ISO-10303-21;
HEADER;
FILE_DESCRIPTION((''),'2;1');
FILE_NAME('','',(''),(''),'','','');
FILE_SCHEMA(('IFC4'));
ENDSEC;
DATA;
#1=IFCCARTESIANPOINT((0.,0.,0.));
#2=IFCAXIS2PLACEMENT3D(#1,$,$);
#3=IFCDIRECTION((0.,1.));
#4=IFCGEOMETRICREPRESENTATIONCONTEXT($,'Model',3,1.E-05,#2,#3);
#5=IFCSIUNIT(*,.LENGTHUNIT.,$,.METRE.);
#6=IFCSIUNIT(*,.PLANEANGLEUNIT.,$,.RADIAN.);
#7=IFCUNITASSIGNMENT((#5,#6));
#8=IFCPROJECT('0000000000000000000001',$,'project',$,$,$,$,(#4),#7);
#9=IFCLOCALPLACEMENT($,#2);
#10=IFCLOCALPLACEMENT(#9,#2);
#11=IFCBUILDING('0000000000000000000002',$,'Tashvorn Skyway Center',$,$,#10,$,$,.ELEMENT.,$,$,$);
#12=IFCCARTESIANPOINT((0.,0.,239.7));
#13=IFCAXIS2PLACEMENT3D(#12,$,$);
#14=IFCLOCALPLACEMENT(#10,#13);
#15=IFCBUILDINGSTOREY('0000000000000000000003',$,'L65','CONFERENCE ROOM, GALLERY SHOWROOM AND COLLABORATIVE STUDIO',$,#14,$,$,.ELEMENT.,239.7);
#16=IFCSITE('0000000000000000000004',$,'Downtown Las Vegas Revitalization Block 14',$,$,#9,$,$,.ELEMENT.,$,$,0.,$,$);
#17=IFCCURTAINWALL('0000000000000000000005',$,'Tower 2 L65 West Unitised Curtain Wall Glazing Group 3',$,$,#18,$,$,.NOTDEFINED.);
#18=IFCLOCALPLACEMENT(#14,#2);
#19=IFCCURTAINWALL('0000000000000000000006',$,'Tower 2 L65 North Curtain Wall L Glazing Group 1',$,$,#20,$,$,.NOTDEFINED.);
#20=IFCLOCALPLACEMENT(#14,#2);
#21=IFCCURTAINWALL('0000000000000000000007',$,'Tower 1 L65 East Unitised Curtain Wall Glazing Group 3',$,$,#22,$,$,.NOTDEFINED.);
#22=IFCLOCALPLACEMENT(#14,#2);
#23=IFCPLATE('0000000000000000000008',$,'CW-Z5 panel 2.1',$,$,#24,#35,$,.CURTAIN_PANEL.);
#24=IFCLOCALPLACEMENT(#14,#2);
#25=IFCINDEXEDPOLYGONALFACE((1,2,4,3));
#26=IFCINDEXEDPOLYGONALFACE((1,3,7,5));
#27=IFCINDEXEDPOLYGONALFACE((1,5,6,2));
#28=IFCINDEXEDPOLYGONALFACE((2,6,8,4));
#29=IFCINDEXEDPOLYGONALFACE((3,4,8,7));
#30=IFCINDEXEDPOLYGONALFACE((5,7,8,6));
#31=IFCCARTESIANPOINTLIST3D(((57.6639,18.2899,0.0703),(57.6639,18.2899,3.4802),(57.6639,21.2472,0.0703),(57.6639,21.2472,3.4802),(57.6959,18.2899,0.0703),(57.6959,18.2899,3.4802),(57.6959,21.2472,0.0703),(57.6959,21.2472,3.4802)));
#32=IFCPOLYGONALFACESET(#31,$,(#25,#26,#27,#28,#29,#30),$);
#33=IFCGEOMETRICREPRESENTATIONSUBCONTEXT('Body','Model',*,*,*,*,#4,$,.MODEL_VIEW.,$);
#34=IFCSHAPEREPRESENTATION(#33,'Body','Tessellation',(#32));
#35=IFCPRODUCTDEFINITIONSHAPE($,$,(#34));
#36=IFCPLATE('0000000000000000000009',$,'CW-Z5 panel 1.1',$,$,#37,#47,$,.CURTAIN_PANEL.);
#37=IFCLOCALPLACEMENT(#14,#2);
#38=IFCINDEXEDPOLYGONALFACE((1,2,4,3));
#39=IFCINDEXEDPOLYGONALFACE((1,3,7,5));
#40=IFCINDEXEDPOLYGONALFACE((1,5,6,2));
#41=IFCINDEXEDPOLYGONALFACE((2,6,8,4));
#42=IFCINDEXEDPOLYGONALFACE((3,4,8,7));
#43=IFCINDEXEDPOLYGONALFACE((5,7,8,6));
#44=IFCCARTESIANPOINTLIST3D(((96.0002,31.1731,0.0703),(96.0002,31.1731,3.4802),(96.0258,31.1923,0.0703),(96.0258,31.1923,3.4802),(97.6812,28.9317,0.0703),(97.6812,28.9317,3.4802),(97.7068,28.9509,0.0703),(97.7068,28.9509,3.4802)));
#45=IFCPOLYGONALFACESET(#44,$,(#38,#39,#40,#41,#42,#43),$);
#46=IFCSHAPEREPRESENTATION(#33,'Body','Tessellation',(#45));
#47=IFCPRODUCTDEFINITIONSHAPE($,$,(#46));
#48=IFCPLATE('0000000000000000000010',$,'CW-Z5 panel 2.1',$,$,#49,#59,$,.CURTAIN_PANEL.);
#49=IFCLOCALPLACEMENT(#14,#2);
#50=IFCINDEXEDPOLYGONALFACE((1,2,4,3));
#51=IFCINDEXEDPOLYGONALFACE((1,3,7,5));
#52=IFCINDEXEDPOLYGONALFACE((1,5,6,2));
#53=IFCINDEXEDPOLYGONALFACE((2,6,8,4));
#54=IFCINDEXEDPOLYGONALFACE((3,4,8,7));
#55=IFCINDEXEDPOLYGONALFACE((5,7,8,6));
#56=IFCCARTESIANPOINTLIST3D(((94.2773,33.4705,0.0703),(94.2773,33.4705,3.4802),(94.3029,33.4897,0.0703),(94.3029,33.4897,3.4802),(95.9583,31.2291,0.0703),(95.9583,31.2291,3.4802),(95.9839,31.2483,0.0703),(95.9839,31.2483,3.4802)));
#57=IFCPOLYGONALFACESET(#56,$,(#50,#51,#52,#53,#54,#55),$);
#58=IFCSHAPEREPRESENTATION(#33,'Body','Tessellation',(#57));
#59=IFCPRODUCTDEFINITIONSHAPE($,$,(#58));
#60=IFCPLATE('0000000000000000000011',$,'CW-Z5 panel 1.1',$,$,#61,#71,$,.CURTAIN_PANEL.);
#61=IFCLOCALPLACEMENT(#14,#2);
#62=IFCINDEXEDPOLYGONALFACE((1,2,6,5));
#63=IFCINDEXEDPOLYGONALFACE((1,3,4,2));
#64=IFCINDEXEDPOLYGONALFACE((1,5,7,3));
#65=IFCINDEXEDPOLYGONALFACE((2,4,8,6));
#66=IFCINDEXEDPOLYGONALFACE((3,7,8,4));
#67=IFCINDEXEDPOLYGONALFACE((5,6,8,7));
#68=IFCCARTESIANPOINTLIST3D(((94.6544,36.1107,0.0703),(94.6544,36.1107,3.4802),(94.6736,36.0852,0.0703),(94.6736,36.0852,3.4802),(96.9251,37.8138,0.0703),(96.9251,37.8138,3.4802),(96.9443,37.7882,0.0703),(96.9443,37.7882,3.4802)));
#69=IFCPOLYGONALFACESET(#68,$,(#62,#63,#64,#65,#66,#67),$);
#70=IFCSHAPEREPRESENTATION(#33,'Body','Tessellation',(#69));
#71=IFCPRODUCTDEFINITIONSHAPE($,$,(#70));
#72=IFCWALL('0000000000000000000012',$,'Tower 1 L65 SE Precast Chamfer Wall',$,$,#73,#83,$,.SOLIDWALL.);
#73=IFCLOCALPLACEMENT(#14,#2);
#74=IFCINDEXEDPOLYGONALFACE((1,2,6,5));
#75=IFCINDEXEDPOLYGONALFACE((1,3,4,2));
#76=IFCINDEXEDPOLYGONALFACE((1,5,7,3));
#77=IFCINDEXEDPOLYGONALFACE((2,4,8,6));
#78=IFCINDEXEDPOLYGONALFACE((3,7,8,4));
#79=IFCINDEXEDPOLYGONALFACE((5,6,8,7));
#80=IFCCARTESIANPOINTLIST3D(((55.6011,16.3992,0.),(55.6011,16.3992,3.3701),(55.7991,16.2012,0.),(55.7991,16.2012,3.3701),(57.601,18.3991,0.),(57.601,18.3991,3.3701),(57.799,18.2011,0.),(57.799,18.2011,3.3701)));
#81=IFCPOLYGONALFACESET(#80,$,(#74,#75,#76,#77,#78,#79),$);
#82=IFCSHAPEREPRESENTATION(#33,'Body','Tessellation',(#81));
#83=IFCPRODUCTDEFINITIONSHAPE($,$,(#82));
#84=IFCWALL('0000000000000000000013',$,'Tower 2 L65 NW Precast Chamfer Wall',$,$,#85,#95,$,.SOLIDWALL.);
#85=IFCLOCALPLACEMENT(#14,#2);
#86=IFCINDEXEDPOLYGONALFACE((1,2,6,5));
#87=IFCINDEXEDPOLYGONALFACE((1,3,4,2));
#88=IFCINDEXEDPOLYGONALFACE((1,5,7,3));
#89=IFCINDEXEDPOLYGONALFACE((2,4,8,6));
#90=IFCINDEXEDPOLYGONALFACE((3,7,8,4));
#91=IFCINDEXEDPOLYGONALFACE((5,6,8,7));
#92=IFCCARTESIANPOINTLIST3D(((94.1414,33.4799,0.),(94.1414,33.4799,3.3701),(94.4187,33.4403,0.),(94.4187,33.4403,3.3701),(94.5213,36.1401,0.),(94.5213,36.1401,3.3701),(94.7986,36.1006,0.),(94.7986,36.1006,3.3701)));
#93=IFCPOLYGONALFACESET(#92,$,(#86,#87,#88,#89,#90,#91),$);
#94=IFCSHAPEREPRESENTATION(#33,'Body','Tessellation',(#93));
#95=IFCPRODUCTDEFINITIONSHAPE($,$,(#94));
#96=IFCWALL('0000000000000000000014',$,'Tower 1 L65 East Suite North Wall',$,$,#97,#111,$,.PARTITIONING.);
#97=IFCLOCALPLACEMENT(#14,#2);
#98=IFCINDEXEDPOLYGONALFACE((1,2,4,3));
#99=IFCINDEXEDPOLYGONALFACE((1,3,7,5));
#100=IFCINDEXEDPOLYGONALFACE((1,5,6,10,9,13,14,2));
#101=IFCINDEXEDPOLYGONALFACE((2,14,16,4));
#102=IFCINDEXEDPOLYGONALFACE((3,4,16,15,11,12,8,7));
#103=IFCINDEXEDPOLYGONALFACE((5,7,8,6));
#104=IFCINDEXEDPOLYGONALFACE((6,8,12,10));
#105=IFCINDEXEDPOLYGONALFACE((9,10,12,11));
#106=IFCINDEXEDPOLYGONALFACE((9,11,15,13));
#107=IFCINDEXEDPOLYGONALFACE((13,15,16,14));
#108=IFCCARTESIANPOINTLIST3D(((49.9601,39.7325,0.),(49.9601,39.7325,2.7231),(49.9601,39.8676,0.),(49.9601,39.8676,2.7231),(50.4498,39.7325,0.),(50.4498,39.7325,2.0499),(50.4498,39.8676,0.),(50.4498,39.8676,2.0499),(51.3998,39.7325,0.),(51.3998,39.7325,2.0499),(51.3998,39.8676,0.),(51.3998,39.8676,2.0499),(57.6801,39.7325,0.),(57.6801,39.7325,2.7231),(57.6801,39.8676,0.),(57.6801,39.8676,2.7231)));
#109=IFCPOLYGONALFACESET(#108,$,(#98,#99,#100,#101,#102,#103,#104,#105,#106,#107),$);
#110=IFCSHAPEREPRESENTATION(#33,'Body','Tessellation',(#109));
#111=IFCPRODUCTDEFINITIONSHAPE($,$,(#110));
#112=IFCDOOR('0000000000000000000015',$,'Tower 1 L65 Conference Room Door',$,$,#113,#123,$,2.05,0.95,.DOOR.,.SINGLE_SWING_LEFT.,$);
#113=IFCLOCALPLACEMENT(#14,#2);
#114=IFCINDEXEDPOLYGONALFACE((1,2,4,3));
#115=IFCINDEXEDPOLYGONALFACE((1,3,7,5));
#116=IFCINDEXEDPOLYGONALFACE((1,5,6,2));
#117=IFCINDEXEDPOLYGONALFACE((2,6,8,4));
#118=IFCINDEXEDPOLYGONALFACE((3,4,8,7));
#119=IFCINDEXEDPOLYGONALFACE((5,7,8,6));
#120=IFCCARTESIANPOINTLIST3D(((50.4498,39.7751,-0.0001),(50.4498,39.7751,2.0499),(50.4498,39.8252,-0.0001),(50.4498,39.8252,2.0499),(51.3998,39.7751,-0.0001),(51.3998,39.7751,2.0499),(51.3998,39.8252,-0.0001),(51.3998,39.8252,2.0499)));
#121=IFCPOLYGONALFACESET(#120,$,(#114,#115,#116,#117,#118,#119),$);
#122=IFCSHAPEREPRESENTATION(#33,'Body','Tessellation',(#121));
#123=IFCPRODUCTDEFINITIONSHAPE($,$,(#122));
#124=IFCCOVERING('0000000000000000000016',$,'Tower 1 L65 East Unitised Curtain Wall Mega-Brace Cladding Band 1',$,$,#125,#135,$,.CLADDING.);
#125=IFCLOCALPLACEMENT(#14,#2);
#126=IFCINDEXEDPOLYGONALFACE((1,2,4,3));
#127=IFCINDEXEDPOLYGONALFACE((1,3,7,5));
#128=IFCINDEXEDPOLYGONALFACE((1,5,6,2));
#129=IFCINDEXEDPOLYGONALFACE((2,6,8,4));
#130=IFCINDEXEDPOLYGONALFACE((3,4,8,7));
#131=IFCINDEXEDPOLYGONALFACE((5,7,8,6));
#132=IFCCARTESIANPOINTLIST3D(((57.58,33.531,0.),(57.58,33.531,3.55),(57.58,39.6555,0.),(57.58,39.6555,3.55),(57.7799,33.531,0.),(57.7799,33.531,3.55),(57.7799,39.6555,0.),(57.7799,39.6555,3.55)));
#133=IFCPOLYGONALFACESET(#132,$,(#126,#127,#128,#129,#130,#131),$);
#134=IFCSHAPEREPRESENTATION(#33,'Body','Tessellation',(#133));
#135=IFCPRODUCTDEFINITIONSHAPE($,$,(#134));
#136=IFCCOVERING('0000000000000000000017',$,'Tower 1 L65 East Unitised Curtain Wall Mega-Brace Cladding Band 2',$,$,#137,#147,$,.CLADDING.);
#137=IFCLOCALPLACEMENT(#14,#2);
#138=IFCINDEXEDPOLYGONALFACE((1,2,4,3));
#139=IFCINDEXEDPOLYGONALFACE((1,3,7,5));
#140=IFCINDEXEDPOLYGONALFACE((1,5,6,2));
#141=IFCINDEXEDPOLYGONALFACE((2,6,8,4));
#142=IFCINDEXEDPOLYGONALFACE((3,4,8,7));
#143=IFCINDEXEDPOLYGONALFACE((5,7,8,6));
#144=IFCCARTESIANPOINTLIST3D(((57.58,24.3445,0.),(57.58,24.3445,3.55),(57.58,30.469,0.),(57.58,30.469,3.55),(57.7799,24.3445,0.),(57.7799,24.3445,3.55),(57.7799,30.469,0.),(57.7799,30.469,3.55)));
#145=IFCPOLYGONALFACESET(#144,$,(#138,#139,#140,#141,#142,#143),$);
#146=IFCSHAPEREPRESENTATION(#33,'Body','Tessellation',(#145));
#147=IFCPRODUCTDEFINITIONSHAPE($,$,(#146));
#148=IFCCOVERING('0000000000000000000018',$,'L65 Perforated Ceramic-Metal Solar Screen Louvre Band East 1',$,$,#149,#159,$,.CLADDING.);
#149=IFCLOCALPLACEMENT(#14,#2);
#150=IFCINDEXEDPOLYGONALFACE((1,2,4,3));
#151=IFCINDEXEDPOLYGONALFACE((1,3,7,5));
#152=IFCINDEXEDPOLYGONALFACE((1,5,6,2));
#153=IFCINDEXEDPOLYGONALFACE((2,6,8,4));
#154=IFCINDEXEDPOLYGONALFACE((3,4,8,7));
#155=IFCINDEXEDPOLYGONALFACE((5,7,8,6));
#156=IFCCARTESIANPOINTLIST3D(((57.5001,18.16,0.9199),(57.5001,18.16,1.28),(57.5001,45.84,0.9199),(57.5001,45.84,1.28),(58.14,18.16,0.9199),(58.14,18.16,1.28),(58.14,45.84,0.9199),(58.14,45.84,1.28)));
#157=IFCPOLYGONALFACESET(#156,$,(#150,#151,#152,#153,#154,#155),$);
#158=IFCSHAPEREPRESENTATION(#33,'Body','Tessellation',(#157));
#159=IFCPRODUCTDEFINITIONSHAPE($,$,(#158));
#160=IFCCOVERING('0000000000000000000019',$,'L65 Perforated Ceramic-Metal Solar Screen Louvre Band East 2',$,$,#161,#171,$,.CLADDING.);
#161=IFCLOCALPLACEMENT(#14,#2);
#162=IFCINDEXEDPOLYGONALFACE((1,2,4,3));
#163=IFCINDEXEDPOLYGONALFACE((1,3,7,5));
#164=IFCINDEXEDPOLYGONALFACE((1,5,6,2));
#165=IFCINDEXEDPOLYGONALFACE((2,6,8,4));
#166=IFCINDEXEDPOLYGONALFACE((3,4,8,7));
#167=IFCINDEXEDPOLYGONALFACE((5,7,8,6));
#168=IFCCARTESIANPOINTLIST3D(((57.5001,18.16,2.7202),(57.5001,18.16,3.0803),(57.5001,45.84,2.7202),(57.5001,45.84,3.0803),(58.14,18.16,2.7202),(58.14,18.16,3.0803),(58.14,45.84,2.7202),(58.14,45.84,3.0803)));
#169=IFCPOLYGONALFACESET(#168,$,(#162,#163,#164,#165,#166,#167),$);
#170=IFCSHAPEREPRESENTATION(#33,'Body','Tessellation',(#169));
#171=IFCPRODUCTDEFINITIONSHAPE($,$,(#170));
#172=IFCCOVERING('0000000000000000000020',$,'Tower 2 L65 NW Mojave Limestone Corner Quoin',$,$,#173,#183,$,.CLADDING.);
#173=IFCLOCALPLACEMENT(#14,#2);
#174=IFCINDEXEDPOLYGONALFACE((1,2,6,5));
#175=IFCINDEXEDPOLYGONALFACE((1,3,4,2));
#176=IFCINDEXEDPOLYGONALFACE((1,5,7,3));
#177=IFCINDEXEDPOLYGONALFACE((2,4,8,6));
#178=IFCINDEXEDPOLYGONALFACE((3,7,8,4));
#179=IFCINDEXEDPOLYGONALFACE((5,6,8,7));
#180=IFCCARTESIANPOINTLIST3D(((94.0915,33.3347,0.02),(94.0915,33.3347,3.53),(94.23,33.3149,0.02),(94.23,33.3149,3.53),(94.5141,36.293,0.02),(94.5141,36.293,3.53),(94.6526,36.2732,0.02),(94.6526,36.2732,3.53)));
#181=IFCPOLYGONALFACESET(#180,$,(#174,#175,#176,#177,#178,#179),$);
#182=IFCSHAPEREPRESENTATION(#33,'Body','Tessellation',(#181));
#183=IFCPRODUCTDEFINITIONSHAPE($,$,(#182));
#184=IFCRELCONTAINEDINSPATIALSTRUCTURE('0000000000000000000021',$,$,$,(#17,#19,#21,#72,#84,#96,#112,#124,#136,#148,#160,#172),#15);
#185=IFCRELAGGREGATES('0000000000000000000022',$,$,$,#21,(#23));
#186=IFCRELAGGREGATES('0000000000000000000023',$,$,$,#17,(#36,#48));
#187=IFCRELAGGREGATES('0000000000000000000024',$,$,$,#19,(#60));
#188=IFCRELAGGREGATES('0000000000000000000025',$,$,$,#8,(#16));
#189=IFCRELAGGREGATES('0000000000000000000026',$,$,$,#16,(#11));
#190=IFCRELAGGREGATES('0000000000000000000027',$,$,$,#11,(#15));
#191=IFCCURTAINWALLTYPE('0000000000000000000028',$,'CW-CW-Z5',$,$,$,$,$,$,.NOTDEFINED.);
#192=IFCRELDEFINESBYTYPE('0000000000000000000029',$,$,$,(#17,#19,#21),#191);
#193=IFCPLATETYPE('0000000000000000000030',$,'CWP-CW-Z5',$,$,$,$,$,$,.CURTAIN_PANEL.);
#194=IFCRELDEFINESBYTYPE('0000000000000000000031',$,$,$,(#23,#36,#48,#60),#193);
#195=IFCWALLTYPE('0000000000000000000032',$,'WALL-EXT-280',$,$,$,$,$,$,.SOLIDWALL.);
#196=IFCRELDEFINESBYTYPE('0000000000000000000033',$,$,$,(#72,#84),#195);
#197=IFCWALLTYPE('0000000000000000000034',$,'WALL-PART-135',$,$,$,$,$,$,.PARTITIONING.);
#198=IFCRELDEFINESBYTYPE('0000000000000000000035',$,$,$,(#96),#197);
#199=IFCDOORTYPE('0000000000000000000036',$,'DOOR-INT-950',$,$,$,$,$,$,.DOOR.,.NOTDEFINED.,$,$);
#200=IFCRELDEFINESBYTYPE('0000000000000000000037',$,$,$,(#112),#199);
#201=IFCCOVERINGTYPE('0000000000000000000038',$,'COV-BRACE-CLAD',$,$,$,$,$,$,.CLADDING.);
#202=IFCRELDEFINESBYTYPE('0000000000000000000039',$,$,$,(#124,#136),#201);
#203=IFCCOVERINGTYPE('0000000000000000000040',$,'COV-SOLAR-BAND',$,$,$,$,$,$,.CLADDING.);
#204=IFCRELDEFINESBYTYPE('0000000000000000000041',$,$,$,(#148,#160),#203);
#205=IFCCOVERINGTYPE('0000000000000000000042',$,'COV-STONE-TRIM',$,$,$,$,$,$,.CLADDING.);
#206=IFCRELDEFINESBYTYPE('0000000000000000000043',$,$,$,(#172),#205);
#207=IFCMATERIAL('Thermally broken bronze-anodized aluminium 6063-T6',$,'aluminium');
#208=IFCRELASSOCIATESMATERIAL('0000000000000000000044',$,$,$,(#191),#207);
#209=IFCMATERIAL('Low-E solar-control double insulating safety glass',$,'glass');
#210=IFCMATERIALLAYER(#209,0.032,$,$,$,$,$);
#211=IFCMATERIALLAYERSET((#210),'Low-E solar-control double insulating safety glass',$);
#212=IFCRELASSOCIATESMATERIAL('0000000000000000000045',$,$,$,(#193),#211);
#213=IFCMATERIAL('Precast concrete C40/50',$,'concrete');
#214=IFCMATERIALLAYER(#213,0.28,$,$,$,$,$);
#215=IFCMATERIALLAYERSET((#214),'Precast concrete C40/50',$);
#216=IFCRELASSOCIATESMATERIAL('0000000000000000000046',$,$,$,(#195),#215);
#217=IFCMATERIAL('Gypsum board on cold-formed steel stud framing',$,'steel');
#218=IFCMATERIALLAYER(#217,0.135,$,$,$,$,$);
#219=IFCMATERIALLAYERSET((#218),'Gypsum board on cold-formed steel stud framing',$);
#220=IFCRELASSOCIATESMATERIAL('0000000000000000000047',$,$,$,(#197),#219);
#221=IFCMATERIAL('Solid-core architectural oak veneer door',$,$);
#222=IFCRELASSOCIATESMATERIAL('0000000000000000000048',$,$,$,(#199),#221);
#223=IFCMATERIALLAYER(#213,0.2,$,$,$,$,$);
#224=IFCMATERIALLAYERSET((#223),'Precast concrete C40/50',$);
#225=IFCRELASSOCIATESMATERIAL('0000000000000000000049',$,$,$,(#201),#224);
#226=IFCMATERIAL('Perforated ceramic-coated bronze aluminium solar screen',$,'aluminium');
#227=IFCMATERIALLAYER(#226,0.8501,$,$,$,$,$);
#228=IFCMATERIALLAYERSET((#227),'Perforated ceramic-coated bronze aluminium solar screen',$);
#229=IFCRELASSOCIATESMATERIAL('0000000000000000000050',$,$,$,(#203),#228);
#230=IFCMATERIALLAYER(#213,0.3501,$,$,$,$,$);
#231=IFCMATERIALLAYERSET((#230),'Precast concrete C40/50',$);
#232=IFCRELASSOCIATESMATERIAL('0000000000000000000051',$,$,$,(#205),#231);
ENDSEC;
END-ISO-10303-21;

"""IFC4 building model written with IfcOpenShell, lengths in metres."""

from ifc_helpers import new_model, si_unit, direction, frame, frame_2d, origin, origin_2d, place, context, subcontext, project, spatial, rectangle, extrude, material, layer, layer_set, type_object, element, fill, aggregate, save


model = new_model("IFC4")

# Units and contexts
model_context = context("Model", 3, precision=1e-05, world=origin(), true_north=direction((0.0, 1.0)))
body_context = subcontext(model_context, "Body", "Model", "MODEL_VIEW")
ifc_project = project(units=[si_unit("LENGTHUNIT", "METRE"), si_unit("PLANEANGLEUNIT", "RADIAN")], contexts=[model_context])

# Site, building, storey
site_placement = place(None, origin())
site = spatial("IfcSite", under=ifc_project, at=site_placement, Name="Downtown Las Vegas Revitalization Block 14", CompositionType="ELEMENT", RefElevation=0.0)
building_placement = place(site_placement, origin())
building = spatial("IfcBuilding", under=site, at=building_placement, Name="Tashvorn Skyway Center", CompositionType="ELEMENT")
storey_placement = place(building_placement, frame((0.0, 0.0, 239.7)))
storey = spatial("IfcBuildingStorey", under=building, at=storey_placement, Name="L65", Description="CONFERENCE ROOM, GALLERY SHOWROOM AND COLLABORATIVE STUDIO", CompositionType="ELEMENT", Elevation=239.7)

# Curtain walls
ifc_material_1 = material(Name="Thermally broken bronze-anodized aluminium 6063-T6", Category="aluminium")
curtain_wall_type = type_object("IfcCurtainWallType", Name="CW-CW-Z5", PredefinedType="NOTDEFINED", material=ifc_material_1)
curtain_wall_1_placement = place(storey_placement, origin())
curtain_wall_1 = element("IfcCurtainWall", 1, at=curtain_wall_1_placement, inside=storey, type_object=curtain_wall_type, Name="Tower 2 L65 West Unitised Curtain Wall Glazing Group 3", PredefinedType="NOTDEFINED")
curtain_wall_2_placement = place(storey_placement, origin())
curtain_wall_2 = element("IfcCurtainWall", 2, at=curtain_wall_2_placement, inside=storey, type_object=curtain_wall_type, Name="Tower 2 L65 North Curtain Wall L Glazing Group 1", PredefinedType="NOTDEFINED")
curtain_wall_3_placement = place(storey_placement, origin())
curtain_wall_3 = element("IfcCurtainWall", 3, at=curtain_wall_3_placement, inside=storey, type_object=curtain_wall_type, Name="Tower 1 L65 East Unitised Curtain Wall Glazing Group 3", PredefinedType="NOTDEFINED")

# Plates
ifc_material_2 = material(Name="Low-E solar-control double insulating safety glass", Category="glass")
ifc_layer_1 = layer(ifc_material_2, 0.032)
ifc_layer_set_1 = layer_set([ifc_layer_1], Name="Low-E solar-control double insulating safety glass")
plate_type = type_object("IfcPlateType", Name="CWP-CW-Z5", PredefinedType="CURTAIN_PANEL", material=ifc_layer_set_1)
plate_1_placement = place(storey_placement, frame((57.6799, 19.7686, 0.0703), z_axis=(0.0, 0.0, 1.0), x_axis=(0.0, -1.0, 0.0)))
plate_1 = element("IfcPlate", 4, at=plate_1_placement, type_object=plate_type, Name="CW-Z5 panel 2.1", PredefinedType="CURTAIN_PANEL", context=body_context, shape_type="SweptSolid", body=[
    extrude(rectangle(XDim=2.9573, YDim=0.032, at=origin_2d()), origin(), (0.0, 0.0, 1.0), 3.4099),
])
aggregate(curtain_wall_3, [plate_1])
plate_2_placement = place(storey_placement, frame((96.8535, 30.062, 0.0703), z_axis=(0.0, 0.0, 1.0), x_axis=(-0.599997, 0.800002, 0.0)))
plate_2 = element("IfcPlate", 5, at=plate_2_placement, type_object=plate_type, Name="CW-Z5 panel 1.1", PredefinedType="CURTAIN_PANEL", context=body_context, shape_type="SweptSolid", body=[
    extrude(rectangle(XDim=2.8018, YDim=0.032, at=origin_2d()), origin(), (0.0, 0.0, 1.0), 3.4099),
])
plate_3_placement = place(storey_placement, frame((95.1306, 32.3594, 0.0703), z_axis=(0.0, 0.0, 1.0), x_axis=(-0.599997, 0.800002, 0.0)))
plate_3 = element("IfcPlate", 6, at=plate_3_placement, type_object=plate_type, Name="CW-Z5 panel 2.1", PredefinedType="CURTAIN_PANEL", context=body_context, shape_type="SweptSolid", body=[
    extrude(rectangle(XDim=2.8018, YDim=0.032, at=origin_2d()), origin(), (0.0, 0.0, 1.0), 3.4099),
])
aggregate(curtain_wall_1, [plate_2, plate_3])
plate_4_placement = place(storey_placement, frame((95.7993, 36.9495, 0.0703), z_axis=(0.0, 0.0, 1.0), x_axis=(0.799998, 0.600003, 0.0)))
plate_4 = element("IfcPlate", 7, at=plate_4_placement, type_object=plate_type, Name="CW-Z5 panel 1.1", PredefinedType="CURTAIN_PANEL", context=body_context, shape_type="SweptSolid", body=[
    extrude(rectangle(XDim=2.8384, YDim=0.032, at=origin_2d()), origin(), (0.0, 0.0, 1.0), 3.4099),
])
aggregate(curtain_wall_2, [plate_4])

# Walls
ifc_material_3 = material(Name="Precast concrete C40/50", Category="concrete")
ifc_layer_2 = layer(ifc_material_3, 0.28)
ifc_layer_set_2 = layer_set([ifc_layer_2], Name="Precast concrete C40/50")
wall_type_1 = type_object("IfcWallType", Name="WALL-EXT-280", PredefinedType="SOLIDWALL", material=ifc_layer_set_2)
wall_1_placement = place(storey_placement, frame((57.7, 18.3, 0.0), z_axis=(0.0, 0.0, 1.0), x_axis=(-0.707107, -0.707107, 0.0)))
element("IfcWall", 8, at=wall_1_placement, inside=storey, type_object=wall_type_1, Name="Tower 1 L65 SE Precast Chamfer Wall", PredefinedType="SOLIDWALL", context=body_context, shape_type="SweptSolid", body=[
    extrude(rectangle(XDim=2.8284, YDim=0.28, at=frame_2d((1.4141, 0.0))), origin(), (0.0, 0.0, 1.0), 3.3701),
])
wall_2_placement = place(storey_placement, frame((94.28, 33.46, 0.0), z_axis=(0.0, 0.0, 1.0), x_axis=(0.14137, 0.989957, 0.0)))
element("IfcWall", 9, at=wall_2_placement, inside=storey, type_object=wall_type_1, Name="Tower 2 L65 NW Precast Chamfer Wall", PredefinedType="SOLIDWALL", context=body_context, shape_type="SweptSolid", body=[
    extrude(rectangle(XDim=2.6873, YDim=0.28, at=frame_2d((1.3438, 0.0))), origin(), (0.0, 0.0, 1.0), 3.3701),
])

# Wall, opening, door
ifc_material_4 = material(Name="Gypsum board on cold-formed steel stud framing", Category="steel")
ifc_layer_3 = layer(ifc_material_4, 0.135)
ifc_layer_set_3 = layer_set([ifc_layer_3], Name="Gypsum board on cold-formed steel stud framing")
wall_type_2 = type_object("IfcWallType", Name="WALL-PART-135", PredefinedType="PARTITIONING", material=ifc_layer_set_3)
wall_3_placement = place(storey_placement, frame((57.6799, 39.8, 0.0), z_axis=(0.0, 0.0, 1.0), x_axis=(-1.0, 0.0, 0.0)))
wall_3 = element("IfcWall", 10, at=wall_3_placement, inside=storey, type_object=wall_type_2, Name="Tower 1 L65 East Suite North Wall", PredefinedType="PARTITIONING", context=body_context, shape_type="SweptSolid", body=[
    extrude(rectangle(XDim=7.72, YDim=0.135, at=frame_2d((3.8599, 0.0))), origin(), (0.0, 0.0, 1.0), 2.7231),
])
opening_placement = place(wall_3_placement, frame((6.28, 0.0, 0.0)))
opening = element("IfcOpeningElement", 11, at=opening_placement, cuts=wall_3, PredefinedType="OPENING", context=body_context, shape_type="SweptSolid", body=[
    extrude(rectangle(XDim=0.95, YDim=2.05, at=frame_2d((0.4751, 1.0249))), frame((0.0, 0.0774, 0.0), z_axis=(0.0, -1.0, 0.0), x_axis=(1.0, 0.0, 0.0)), (0.0, 0.0, 1.0), 0.155),
])
ifc_material_5 = material(Name="Solid-core architectural oak veneer door")
door_type = type_object("IfcDoorType", Name="DOOR-INT-950", OperationType="NOTDEFINED", PredefinedType="DOOR", material=ifc_material_5)
door_placement = place(opening_placement, origin())
door = element("IfcDoor", 12, at=door_placement, inside=storey, type_object=door_type, Name="Tower 1 L65 Conference Room Door", OperationType="SINGLE_SWING_LEFT", OverallHeight=2.05, OverallWidth=0.95, PredefinedType="DOOR", context=body_context, shape_type="SweptSolid", body=[
    extrude(rectangle(XDim=0.95, YDim=2.05, at=frame_2d((0.4751, 1.0249))), frame((0.0, 0.0249, 0.0), z_axis=(0.0, -1.0, 0.0), x_axis=(1.0, 0.0, 0.0)), (0.0, 0.0, 1.0), 0.05),
])
fill(opening, door)

# Coverings
ifc_layer_4 = layer(ifc_material_3, 0.2)
ifc_layer_set_4 = layer_set([ifc_layer_4], Name="Precast concrete C40/50")
covering_type_1 = type_object("IfcCoveringType", Name="COV-BRACE-CLAD", PredefinedType="CLADDING", material=ifc_layer_set_4)
for number, where, z_axis, x_axis, name in (
    (13, (57.6799, 36.5933, 0.0), (0.0, 0.0, 1.0), (0.0, -1.0, 0.0), "Tower 1 L65 East Unitised Curtain Wall Mega-Brace Cladding Band 1"),
    (14, (57.6799, 27.4067, 0.0), (0.0, 0.0, 1.0), (0.0, -1.0, 0.0), "Tower 1 L65 East Unitised Curtain Wall Mega-Brace Cladding Band 2"),
):
    element("IfcCovering", number, at=place(storey_placement, frame(where, z_axis=z_axis, x_axis=x_axis)), inside=storey, type_object=covering_type_1, Name=name, PredefinedType="CLADDING", context=body_context, shape_type="SweptSolid", body=[
        extrude(rectangle(XDim=6.1245, YDim=0.2, at=origin_2d()), origin(), (0.0, 0.0, 1.0), 3.55),
    ])
ifc_material_6 = material(Name="Perforated ceramic-coated bronze aluminium solar screen", Category="aluminium")
ifc_layer_5 = layer(ifc_material_6, 0.8501)
ifc_layer_set_5 = layer_set([ifc_layer_5], Name="Perforated ceramic-coated bronze aluminium solar screen")
covering_type_2 = type_object("IfcCoveringType", Name="COV-SOLAR-BAND", PredefinedType="CLADDING", material=ifc_layer_set_5)
for number, where, z_axis, x_axis, name in (
    (15, (57.8201, 32.0, 0.9199), (0.0, 0.0, 1.0), (0.0, -1.0, 0.0), "L65 Perforated Ceramic-Metal Solar Screen Louvre Band East 1"),
    (16, (57.8201, 32.0, 2.7202), (0.0, 0.0, 1.0), (0.0, -1.0, 0.0), "L65 Perforated Ceramic-Metal Solar Screen Louvre Band East 2"),
):
    element("IfcCovering", number, at=place(storey_placement, frame(where, z_axis=z_axis, x_axis=x_axis)), inside=storey, type_object=covering_type_2, Name=name, PredefinedType="CLADDING", context=body_context, shape_type="SweptSolid", body=[
        extrude(rectangle(XDim=27.6799, YDim=0.6399, at=origin_2d()), origin(), (0.0, 0.0, 1.0), 0.3601),
    ])
ifc_layer_6 = layer(ifc_material_3, 0.3501)
ifc_layer_set_6 = layer_set([ifc_layer_6], Name="Precast concrete C40/50")
covering_type_3 = type_object("IfcCoveringType", Name="COV-STONE-TRIM", PredefinedType="CLADDING", material=ifc_layer_set_6)
covering_placement = place(storey_placement, frame((94.3721, 34.804, 0.02), z_axis=(0.0, 0.0, 1.0), x_axis=(-0.141421, -0.989949, 0.0)))
element("IfcCovering", 17, at=covering_placement, inside=storey, type_object=covering_type_3, Name="Tower 2 L65 NW Mojave Limestone Corner Quoin", PredefinedType="CLADDING", context=body_context, shape_type="SweptSolid", body=[
    extrude(rectangle(XDim=2.9883, YDim=0.1399, at=origin_2d()), origin(), (0.0, 0.0, 1.0), 3.51),
])

save(model, "model.ifc")
